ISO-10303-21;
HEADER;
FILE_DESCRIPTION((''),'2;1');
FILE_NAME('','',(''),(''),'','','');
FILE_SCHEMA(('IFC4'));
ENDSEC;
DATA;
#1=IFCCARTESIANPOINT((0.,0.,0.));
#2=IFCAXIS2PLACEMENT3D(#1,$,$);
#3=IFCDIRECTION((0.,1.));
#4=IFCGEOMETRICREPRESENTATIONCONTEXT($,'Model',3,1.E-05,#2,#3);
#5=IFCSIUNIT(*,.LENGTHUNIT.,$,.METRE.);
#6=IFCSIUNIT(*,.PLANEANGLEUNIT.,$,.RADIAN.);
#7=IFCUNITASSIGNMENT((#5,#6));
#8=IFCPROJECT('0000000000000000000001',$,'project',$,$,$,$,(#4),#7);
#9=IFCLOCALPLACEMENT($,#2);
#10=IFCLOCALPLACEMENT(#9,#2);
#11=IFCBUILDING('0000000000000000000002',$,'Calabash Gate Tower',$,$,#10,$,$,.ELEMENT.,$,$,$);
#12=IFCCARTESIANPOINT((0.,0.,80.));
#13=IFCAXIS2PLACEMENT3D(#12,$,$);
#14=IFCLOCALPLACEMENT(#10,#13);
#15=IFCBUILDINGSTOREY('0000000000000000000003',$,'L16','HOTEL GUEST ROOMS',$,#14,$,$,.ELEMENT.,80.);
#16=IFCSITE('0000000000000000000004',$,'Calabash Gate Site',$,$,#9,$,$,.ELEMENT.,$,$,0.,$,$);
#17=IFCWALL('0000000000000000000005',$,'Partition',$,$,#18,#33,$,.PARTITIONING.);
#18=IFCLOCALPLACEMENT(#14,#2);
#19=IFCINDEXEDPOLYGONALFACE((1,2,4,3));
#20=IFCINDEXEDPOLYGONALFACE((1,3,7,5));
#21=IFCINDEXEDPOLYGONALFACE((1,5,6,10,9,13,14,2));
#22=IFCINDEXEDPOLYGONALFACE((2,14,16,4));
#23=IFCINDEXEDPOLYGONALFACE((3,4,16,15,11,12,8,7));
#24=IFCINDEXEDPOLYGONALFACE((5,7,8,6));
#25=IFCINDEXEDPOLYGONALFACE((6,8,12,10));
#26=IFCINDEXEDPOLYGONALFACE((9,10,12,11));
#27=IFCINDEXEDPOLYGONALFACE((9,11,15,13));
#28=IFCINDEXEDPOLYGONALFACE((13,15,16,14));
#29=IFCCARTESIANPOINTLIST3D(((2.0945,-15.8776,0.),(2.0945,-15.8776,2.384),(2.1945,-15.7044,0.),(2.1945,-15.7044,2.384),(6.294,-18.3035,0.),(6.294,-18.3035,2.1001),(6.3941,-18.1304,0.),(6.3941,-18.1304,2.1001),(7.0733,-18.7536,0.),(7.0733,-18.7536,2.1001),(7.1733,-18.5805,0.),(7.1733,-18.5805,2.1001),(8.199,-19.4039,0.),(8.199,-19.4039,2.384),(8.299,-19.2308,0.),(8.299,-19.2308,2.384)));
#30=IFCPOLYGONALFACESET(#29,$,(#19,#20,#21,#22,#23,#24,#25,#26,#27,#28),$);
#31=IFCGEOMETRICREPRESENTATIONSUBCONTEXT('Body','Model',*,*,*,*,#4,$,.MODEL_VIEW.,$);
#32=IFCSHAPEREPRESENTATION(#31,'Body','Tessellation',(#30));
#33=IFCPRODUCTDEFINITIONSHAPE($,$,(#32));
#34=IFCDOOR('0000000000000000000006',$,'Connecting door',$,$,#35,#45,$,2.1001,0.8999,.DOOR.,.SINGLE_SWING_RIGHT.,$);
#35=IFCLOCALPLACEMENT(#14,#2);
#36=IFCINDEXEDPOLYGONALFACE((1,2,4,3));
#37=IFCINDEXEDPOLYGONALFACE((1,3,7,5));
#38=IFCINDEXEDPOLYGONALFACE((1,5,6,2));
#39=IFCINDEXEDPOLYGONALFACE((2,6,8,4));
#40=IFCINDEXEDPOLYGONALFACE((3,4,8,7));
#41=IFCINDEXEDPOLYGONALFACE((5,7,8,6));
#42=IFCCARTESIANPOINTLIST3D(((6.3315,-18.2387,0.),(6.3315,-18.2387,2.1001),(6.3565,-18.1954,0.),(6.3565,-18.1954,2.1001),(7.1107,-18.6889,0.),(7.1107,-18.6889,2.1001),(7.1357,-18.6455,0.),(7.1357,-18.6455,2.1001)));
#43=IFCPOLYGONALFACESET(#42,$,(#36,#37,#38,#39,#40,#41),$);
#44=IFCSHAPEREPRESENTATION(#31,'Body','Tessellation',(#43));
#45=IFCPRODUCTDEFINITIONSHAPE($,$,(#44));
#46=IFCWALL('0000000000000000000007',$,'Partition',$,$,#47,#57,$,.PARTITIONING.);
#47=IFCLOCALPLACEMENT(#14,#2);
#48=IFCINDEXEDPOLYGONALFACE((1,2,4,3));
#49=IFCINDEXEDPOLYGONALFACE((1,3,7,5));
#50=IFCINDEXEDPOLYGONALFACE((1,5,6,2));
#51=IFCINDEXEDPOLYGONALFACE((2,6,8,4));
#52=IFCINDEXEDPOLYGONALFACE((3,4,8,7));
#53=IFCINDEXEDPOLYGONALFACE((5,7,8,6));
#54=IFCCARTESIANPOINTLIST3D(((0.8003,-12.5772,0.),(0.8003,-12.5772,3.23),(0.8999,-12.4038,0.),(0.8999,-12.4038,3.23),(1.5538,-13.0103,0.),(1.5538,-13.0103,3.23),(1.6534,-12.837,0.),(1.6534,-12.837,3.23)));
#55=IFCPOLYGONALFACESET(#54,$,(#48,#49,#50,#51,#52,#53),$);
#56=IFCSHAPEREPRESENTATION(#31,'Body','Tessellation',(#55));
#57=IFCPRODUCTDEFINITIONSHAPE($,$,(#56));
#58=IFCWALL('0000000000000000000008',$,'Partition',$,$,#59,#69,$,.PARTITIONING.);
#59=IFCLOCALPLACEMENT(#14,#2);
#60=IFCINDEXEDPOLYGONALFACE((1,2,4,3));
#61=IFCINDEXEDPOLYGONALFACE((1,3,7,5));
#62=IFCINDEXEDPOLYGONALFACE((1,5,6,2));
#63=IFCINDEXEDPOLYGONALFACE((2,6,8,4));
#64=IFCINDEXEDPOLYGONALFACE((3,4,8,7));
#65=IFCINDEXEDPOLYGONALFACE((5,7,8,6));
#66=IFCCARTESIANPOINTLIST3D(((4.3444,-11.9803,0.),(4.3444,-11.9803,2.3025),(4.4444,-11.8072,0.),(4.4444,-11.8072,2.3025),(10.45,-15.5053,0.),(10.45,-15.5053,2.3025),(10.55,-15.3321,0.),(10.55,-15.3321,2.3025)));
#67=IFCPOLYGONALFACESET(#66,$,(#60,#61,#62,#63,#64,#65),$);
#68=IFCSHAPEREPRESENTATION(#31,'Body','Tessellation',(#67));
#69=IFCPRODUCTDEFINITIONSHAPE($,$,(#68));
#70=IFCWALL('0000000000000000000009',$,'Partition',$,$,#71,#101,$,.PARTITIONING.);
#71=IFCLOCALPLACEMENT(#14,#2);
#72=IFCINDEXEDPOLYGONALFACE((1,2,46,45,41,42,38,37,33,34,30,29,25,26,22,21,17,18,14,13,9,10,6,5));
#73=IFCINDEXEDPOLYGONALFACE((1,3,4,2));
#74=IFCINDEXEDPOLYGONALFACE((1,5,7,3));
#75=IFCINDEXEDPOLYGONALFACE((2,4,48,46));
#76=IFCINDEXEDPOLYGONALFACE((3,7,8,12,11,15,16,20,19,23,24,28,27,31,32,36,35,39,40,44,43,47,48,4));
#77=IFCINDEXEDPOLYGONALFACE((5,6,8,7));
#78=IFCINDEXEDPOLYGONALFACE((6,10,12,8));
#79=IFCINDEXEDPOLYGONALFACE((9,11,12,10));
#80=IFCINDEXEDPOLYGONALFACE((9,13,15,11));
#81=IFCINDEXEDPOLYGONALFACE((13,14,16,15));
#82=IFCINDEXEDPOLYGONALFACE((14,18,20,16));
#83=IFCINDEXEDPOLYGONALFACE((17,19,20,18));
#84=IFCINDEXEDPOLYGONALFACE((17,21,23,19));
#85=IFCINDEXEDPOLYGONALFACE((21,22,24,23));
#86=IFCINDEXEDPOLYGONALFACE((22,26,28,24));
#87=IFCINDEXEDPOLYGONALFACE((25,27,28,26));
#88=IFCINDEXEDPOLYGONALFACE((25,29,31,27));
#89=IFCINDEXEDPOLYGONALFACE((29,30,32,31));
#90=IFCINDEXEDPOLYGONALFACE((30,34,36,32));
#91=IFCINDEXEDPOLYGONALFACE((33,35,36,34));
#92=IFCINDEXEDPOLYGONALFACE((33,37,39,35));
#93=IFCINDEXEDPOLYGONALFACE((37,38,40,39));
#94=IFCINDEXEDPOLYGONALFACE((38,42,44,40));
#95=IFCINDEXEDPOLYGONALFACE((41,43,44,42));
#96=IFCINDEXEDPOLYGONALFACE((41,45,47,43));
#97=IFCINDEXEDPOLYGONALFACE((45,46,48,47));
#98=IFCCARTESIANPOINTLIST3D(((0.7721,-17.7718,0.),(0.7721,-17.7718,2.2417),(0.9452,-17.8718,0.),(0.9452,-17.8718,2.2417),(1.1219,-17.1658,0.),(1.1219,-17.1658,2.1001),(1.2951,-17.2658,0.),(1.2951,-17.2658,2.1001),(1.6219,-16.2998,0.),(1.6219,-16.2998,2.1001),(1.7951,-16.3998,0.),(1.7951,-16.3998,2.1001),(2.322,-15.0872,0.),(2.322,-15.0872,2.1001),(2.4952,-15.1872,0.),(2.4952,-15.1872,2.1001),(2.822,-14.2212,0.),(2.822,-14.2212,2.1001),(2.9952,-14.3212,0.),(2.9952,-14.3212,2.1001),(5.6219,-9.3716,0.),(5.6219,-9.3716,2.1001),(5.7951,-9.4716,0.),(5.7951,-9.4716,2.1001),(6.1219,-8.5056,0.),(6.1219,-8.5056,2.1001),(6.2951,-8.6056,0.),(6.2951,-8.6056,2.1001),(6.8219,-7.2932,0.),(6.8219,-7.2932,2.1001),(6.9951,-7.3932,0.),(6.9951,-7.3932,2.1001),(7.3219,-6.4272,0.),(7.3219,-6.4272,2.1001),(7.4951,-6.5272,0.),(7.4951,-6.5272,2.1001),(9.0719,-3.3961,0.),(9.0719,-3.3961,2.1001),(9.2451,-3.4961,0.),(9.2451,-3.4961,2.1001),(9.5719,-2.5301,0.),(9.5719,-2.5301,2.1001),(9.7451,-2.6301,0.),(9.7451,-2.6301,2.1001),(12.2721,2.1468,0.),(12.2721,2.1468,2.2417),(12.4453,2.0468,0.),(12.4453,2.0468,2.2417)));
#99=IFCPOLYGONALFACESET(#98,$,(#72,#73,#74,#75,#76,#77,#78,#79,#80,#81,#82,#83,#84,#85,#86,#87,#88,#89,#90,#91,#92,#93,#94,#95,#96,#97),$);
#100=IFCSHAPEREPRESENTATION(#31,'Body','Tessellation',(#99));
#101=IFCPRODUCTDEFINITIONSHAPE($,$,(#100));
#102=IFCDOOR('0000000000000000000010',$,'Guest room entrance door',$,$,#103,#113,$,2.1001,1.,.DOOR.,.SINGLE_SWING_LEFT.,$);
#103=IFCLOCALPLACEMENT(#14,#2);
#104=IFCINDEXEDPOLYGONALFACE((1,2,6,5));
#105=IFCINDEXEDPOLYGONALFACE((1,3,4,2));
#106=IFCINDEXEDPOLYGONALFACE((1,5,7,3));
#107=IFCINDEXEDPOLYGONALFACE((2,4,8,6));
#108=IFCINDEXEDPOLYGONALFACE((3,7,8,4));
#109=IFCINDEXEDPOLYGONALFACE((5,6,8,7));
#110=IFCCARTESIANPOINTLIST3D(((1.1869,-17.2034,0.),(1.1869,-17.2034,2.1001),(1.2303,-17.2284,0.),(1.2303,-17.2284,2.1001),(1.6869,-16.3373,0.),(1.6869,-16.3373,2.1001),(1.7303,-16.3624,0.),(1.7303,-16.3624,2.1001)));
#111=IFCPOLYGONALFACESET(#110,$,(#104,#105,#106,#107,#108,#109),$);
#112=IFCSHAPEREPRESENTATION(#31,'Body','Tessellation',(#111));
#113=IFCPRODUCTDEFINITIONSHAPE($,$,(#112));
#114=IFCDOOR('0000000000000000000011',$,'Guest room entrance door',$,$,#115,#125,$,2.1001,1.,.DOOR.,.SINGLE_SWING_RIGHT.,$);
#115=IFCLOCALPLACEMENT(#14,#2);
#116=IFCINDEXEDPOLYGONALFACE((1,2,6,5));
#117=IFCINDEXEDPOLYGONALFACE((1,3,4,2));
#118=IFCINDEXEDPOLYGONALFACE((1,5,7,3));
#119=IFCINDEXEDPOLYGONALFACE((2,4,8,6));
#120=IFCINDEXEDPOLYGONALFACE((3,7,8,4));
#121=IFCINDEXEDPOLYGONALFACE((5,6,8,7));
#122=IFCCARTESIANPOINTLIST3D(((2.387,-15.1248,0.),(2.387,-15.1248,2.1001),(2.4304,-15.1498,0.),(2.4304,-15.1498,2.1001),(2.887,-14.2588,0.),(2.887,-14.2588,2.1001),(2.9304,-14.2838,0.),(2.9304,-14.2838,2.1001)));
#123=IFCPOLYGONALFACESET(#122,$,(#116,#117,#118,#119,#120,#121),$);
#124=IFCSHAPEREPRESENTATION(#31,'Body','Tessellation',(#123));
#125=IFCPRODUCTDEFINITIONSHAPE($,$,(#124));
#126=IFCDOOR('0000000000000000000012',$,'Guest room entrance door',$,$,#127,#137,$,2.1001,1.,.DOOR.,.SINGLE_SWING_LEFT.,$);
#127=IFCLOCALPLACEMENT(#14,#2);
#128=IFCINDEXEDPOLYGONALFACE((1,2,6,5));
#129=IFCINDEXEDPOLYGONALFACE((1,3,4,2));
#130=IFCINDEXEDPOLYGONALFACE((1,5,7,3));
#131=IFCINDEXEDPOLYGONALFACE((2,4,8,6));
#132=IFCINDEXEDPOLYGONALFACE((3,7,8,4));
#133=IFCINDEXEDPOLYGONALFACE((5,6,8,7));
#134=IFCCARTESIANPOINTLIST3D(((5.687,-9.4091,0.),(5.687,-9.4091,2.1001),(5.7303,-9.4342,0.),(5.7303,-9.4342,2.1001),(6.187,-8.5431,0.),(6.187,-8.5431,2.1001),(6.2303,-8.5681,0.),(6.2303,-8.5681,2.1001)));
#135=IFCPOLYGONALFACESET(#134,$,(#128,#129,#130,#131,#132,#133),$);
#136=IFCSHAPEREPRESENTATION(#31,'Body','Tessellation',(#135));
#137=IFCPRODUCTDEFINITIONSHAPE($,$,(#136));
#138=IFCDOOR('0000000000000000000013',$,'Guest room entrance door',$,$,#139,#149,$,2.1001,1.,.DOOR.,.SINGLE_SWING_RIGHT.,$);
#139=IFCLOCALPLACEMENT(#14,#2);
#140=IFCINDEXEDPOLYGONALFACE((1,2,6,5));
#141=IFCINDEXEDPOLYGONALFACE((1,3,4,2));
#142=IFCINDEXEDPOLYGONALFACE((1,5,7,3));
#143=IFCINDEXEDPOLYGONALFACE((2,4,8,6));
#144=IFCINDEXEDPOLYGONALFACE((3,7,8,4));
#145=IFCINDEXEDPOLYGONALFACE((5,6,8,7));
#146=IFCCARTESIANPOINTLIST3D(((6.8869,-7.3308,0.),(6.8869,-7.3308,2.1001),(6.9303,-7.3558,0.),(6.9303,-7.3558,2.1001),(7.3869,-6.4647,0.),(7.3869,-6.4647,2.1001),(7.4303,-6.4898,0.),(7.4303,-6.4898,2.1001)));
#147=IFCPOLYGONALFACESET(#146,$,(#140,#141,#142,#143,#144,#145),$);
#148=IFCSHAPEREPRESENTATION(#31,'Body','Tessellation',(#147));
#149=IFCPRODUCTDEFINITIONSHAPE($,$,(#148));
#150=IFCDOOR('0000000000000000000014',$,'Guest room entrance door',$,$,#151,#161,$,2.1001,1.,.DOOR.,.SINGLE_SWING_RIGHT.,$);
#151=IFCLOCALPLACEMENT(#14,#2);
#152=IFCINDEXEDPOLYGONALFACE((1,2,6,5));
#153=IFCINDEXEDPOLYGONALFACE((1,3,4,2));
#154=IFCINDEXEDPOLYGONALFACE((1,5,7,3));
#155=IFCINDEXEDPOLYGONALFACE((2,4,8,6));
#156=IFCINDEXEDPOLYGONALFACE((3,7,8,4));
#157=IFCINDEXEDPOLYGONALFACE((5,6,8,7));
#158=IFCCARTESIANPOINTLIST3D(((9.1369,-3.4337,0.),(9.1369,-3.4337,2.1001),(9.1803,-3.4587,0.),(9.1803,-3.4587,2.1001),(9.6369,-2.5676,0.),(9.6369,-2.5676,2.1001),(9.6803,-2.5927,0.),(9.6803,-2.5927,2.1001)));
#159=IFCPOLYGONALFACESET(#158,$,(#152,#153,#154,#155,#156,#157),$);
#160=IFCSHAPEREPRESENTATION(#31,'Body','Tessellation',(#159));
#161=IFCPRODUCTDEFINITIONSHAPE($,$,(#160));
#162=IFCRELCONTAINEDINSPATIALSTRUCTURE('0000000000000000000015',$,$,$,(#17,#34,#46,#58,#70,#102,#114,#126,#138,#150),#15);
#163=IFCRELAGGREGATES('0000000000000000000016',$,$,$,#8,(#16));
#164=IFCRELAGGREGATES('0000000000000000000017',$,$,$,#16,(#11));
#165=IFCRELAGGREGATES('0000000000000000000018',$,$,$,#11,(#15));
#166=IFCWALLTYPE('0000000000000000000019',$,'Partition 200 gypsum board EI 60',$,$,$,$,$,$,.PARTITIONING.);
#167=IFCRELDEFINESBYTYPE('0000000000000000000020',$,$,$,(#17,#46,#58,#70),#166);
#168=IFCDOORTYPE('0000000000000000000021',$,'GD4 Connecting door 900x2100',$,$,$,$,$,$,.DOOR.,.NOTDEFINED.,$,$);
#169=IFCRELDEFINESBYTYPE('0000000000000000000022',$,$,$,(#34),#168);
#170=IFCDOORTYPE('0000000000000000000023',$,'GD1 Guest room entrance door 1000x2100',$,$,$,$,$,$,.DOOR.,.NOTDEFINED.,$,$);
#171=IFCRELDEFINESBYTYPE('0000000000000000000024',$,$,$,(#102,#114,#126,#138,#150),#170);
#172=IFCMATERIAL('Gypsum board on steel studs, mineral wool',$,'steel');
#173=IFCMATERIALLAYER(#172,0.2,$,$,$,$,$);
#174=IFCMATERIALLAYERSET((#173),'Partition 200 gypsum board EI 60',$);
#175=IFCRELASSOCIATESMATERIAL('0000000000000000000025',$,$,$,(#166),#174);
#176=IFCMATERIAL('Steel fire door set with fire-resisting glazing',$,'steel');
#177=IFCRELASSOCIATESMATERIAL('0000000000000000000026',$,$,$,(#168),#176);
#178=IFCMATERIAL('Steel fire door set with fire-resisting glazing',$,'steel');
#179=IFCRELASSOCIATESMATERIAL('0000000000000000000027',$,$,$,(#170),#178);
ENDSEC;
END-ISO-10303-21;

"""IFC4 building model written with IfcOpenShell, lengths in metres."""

from ifc_helpers import new_model, si_unit, direction, frame, frame_2d, origin, place, context, subcontext, project, spatial, rectangle, extrude, material, layer, layer_set, type_object, element, fill, save


model = new_model("IFC4")

# Units and contexts
model_context = context("Model", 3, precision=1e-05, world=origin(), true_north=direction((0.0, 1.0)))
body_context = subcontext(model_context, "Body", "Model", "MODEL_VIEW")
ifc_project = project(units=[si_unit("LENGTHUNIT", "METRE"), si_unit("PLANEANGLEUNIT", "RADIAN")], contexts=[model_context])

# Site, building, storey
site_placement = place(None, origin())
site = spatial("IfcSite", under=ifc_project, at=site_placement, Name="Calabash Gate Site", CompositionType="ELEMENT", RefElevation=0.0)
building_placement = place(site_placement, origin())
building = spatial("IfcBuilding", under=site, at=building_placement, Name="Calabash Gate Tower", CompositionType="ELEMENT")
storey_placement = place(building_placement, frame((0.0, 0.0, 80.0)))
storey = spatial("IfcBuildingStorey", under=building, at=storey_placement, Name="L16", Description="HOTEL GUEST ROOMS", CompositionType="ELEMENT", Elevation=80.0)

# Shared definitions
ifc_material_1 = material(Name="Gypsum board on steel studs, mineral wool", Category="steel")
ifc_layer_1 = layer(ifc_material_1, 0.2)
ifc_layer_set_1 = layer_set([ifc_layer_1], Name="Partition 200 gypsum board EI 60")
wall_type_1 = type_object("IfcWallType", Name="Partition 200 gypsum board EI 60", PredefinedType="PARTITIONING", material=ifc_layer_set_1)

# Wall, opening, door
wall_1_placement = place(storey_placement, frame((2.1445, -15.791, 0.0), z_axis=(0.0, 0.0, 1.0), x_axis=(0.865906, -0.500206, 0.0)))
wall_1 = element("IfcWall", 1, at=wall_1_placement, inside=storey, type_object=wall_type_1, Name="Partition", PredefinedType="PARTITIONING", context=body_context, shape_type="SweptSolid", body=[
    extrude(rectangle(XDim=7.0498, YDim=0.2, at=frame_2d((3.5249, 0.0))), origin(), (0.0, 0.0, 1.0), 2.384),
])
opening_1_placement = place(wall_1_placement, frame((4.8499, 0.0, 0.0)))
opening_1 = element("IfcOpeningElement", 2, at=opening_1_placement, cuts=wall_1, PredefinedType="OPENING", context=body_context, shape_type="SweptSolid", body=[
    extrude(rectangle(XDim=0.8999, YDim=2.1001, at=frame_2d((0.45, 1.05))), frame((0.0, 0.1099, 0.0), z_axis=(0.0, -1.0, 0.0), x_axis=(1.0, 0.0, 0.0)), (0.0, 0.0, 1.0), 0.22),
])
ifc_material_2 = material(Name="Steel fire door set with fire-resisting glazing", Category="steel")
door_type_1 = type_object("IfcDoorType", Name="GD4 Connecting door 900x2100", OperationType="NOTDEFINED", PredefinedType="DOOR", material=ifc_material_2)
door_1_placement = place(opening_1_placement, origin())
door_1 = element("IfcDoor", 3, at=door_1_placement, inside=storey, type_object=door_type_1, Name="Connecting door", OperationType="SINGLE_SWING_RIGHT", OverallHeight=2.1001, OverallWidth=0.8999, PredefinedType="DOOR", context=body_context, shape_type="SweptSolid", body=[
    extrude(rectangle(XDim=0.8999, YDim=2.1001, at=frame_2d((0.45, 1.05))), frame((0.0, 0.0249, 0.0), z_axis=(0.0, -1.0, 0.0), x_axis=(1.0, 0.0, 0.0)), (0.0, 0.0, 1.0), 0.05),
])
fill(opening_1, door_1)

# Walls
wall_2_placement = place(storey_placement, frame((0.8501, -12.4905, 0.0), z_axis=(0.0, 0.0, 1.0), x_axis=(0.866961, -0.498376, 0.0)))
element("IfcWall", 4, at=wall_2_placement, inside=storey, type_object=wall_type_1, Name="Partition", PredefinedType="PARTITIONING", context=body_context, shape_type="SweptSolid", body=[
    extrude(rectangle(XDim=0.8691, YDim=0.2, at=frame_2d((0.4346, 0.0))), origin(), (0.0, 0.0, 1.0), 3.23),
])
wall_3_placement = place(storey_placement, frame((4.3945, -11.8938, 0.0), z_axis=(0.0, 0.0, 1.0), x_axis=(0.866031, -0.49999, 0.0)))
element("IfcWall", 5, at=wall_3_placement, inside=storey, type_object=wall_type_1, Name="Partition", PredefinedType="PARTITIONING", context=body_context, shape_type="SweptSolid", body=[
    extrude(rectangle(XDim=7.05, YDim=0.2, at=frame_2d((3.5249, 0.0))), origin(), (0.0, 0.0, 1.0), 2.3025),
])

# Wall, openings, doors
wall_4_placement = place(storey_placement, frame((0.8586, -17.8218, 0.0), z_axis=(0.0, 0.0, 1.0), x_axis=(0.500002, 0.866024, 0.0)))
wall_4 = element("IfcWall", 6, at=wall_4_placement, inside=storey, type_object=wall_type_1, Name="Partition", PredefinedType="PARTITIONING", context=body_context, shape_type="SweptSolid", body=[
    extrude(rectangle(XDim=23.0, YDim=0.2, at=frame_2d((11.5, 0.0))), origin(), (0.0, 0.0, 1.0), 2.2417),
])
opening_2_placement = place(wall_4_placement, frame((0.6997, 0.0, 0.0)))
opening_2 = element("IfcOpeningElement", 7, at=opening_2_placement, cuts=wall_4, PredefinedType="OPENING", context=body_context, shape_type="SweptSolid", body=[
    extrude(rectangle(XDim=1.0, YDim=2.1001, at=frame_2d((0.5, 1.05))), frame((0.0, 0.1099, 0.0), z_axis=(0.0, -1.0, 0.0), x_axis=(1.0, 0.0, 0.0)), (0.0, 0.0, 1.0), 0.22),
])
opening_3_placement = place(wall_4_placement, frame((3.0999, 0.0, 0.0)))
opening_3 = element("IfcOpeningElement", 8, at=opening_3_placement, cuts=wall_4, PredefinedType="OPENING", context=body_context, shape_type="SweptSolid", body=[
    extrude(rectangle(XDim=1.0, YDim=2.1001, at=frame_2d((0.5, 1.05))), frame((0.0, 0.1099, 0.0), z_axis=(0.0, -1.0, 0.0), x_axis=(1.0, 0.0, 0.0)), (0.0, 0.0, 1.0), 0.22),
])
opening_4_placement = place(wall_4_placement, frame((9.6997, 0.0, 0.0)))
opening_4 = element("IfcOpeningElement", 9, at=opening_4_placement, cuts=wall_4, PredefinedType="OPENING", context=body_context, shape_type="SweptSolid", body=[
    extrude(rectangle(XDim=1.0, YDim=2.1001, at=frame_2d((0.5, 1.05))), frame((0.0, 0.1099, 0.0), z_axis=(0.0, -1.0, 0.0), x_axis=(1.0, 0.0, 0.0)), (0.0, 0.0, 1.0), 0.22),
])
opening_5_placement = place(wall_4_placement, frame((12.0996, 0.0, 0.0)))
opening_5 = element("IfcOpeningElement", 10, at=opening_5_placement, cuts=wall_4, PredefinedType="OPENING", context=body_context, shape_type="SweptSolid", body=[
    extrude(rectangle(XDim=1.0, YDim=2.1001, at=frame_2d((0.5, 1.05))), frame((0.0, 0.1099, 0.0), z_axis=(0.0, -1.0, 0.0), x_axis=(1.0, 0.0, 0.0)), (0.0, 0.0, 1.0), 0.22),
])
opening_6_placement = place(wall_4_placement, frame((16.5996, 0.0, 0.0)))
opening_6 = element("IfcOpeningElement", 11, at=opening_6_placement, cuts=wall_4, PredefinedType="OPENING", context=body_context, shape_type="SweptSolid", body=[
    extrude(rectangle(XDim=1.0, YDim=2.1001, at=frame_2d((0.5, 1.05))), frame((0.0, 0.1099, 0.0), z_axis=(0.0, -1.0, 0.0), x_axis=(1.0, 0.0, 0.0)), (0.0, 0.0, 1.0), 0.22),
])
ifc_material_3 = material(Name="Steel fire door set with fire-resisting glazing", Category="steel")
door_type_2 = type_object("IfcDoorType", Name="GD1 Guest room entrance door 1000x2100", OperationType="NOTDEFINED", PredefinedType="DOOR", material=ifc_material_3)
door_2_placement = place(opening_2_placement, origin())
door_2 = element("IfcDoor", 12, at=door_2_placement, inside=storey, type_object=door_type_2, Name="Guest room entrance door", OperationType="SINGLE_SWING_LEFT", OverallHeight=2.1001, OverallWidth=1.0, PredefinedType="DOOR", context=body_context, shape_type="SweptSolid", body=[
    extrude(rectangle(XDim=1.0, YDim=2.1001, at=frame_2d((0.5, 1.05))), frame((0.0, 0.0249, 0.0), z_axis=(0.0, -1.0, 0.0), x_axis=(1.0, 0.0, 0.0)), (0.0, 0.0, 1.0), 0.05),
])
fill(opening_2, door_2)
door_3_placement = place(opening_3_placement, origin())
door_3 = element("IfcDoor", 13, at=door_3_placement, inside=storey, type_object=door_type_2, Name="Guest room entrance door", OperationType="SINGLE_SWING_RIGHT", OverallHeight=2.1001, OverallWidth=1.0, PredefinedType="DOOR", context=body_context, shape_type="SweptSolid", body=[
    extrude(rectangle(XDim=1.0, YDim=2.1001, at=frame_2d((0.5, 1.05))), frame((0.0, 0.0249, 0.0), z_axis=(0.0, -1.0, 0.0), x_axis=(1.0, 0.0, 0.0)), (0.0, 0.0, 1.0), 0.05),
])
fill(opening_3, door_3)
door_4_placement = place(opening_4_placement, origin())
door_4 = element("IfcDoor", 14, at=door_4_placement, inside=storey, type_object=door_type_2, Name="Guest room entrance door", OperationType="SINGLE_SWING_LEFT", OverallHeight=2.1001, OverallWidth=1.0, PredefinedType="DOOR", context=body_context, shape_type="SweptSolid", body=[
    extrude(rectangle(XDim=1.0, YDim=2.1001, at=frame_2d((0.5, 1.05))), frame((0.0, 0.0249, 0.0), z_axis=(0.0, -1.0, 0.0), x_axis=(1.0, 0.0, 0.0)), (0.0, 0.0, 1.0), 0.05),
])
fill(opening_4, door_4)
door_5_placement = place(opening_5_placement, origin())
door_5 = element("IfcDoor", 15, at=door_5_placement, inside=storey, type_object=door_type_2, Name="Guest room entrance door", OperationType="SINGLE_SWING_RIGHT", OverallHeight=2.1001, OverallWidth=1.0, PredefinedType="DOOR", context=body_context, shape_type="SweptSolid", body=[
    extrude(rectangle(XDim=1.0, YDim=2.1001, at=frame_2d((0.5, 1.05))), frame((0.0, 0.0249, 0.0), z_axis=(0.0, -1.0, 0.0), x_axis=(1.0, 0.0, 0.0)), (0.0, 0.0, 1.0), 0.05),
])
fill(opening_5, door_5)
door_6_placement = place(opening_6_placement, origin())
door_6 = element("IfcDoor", 16, at=door_6_placement, inside=storey, type_object=door_type_2, Name="Guest room entrance door", OperationType="SINGLE_SWING_RIGHT", OverallHeight=2.1001, OverallWidth=1.0, PredefinedType="DOOR", context=body_context, shape_type="SweptSolid", body=[
    extrude(rectangle(XDim=1.0, YDim=2.1001, at=frame_2d((0.5, 1.05))), frame((0.0, 0.0249, 0.0), z_axis=(0.0, -1.0, 0.0), x_axis=(1.0, 0.0, 0.0)), (0.0, 0.0, 1.0), 0.05),
])
fill(opening_6, door_6)

save(model, "model.ifc")
